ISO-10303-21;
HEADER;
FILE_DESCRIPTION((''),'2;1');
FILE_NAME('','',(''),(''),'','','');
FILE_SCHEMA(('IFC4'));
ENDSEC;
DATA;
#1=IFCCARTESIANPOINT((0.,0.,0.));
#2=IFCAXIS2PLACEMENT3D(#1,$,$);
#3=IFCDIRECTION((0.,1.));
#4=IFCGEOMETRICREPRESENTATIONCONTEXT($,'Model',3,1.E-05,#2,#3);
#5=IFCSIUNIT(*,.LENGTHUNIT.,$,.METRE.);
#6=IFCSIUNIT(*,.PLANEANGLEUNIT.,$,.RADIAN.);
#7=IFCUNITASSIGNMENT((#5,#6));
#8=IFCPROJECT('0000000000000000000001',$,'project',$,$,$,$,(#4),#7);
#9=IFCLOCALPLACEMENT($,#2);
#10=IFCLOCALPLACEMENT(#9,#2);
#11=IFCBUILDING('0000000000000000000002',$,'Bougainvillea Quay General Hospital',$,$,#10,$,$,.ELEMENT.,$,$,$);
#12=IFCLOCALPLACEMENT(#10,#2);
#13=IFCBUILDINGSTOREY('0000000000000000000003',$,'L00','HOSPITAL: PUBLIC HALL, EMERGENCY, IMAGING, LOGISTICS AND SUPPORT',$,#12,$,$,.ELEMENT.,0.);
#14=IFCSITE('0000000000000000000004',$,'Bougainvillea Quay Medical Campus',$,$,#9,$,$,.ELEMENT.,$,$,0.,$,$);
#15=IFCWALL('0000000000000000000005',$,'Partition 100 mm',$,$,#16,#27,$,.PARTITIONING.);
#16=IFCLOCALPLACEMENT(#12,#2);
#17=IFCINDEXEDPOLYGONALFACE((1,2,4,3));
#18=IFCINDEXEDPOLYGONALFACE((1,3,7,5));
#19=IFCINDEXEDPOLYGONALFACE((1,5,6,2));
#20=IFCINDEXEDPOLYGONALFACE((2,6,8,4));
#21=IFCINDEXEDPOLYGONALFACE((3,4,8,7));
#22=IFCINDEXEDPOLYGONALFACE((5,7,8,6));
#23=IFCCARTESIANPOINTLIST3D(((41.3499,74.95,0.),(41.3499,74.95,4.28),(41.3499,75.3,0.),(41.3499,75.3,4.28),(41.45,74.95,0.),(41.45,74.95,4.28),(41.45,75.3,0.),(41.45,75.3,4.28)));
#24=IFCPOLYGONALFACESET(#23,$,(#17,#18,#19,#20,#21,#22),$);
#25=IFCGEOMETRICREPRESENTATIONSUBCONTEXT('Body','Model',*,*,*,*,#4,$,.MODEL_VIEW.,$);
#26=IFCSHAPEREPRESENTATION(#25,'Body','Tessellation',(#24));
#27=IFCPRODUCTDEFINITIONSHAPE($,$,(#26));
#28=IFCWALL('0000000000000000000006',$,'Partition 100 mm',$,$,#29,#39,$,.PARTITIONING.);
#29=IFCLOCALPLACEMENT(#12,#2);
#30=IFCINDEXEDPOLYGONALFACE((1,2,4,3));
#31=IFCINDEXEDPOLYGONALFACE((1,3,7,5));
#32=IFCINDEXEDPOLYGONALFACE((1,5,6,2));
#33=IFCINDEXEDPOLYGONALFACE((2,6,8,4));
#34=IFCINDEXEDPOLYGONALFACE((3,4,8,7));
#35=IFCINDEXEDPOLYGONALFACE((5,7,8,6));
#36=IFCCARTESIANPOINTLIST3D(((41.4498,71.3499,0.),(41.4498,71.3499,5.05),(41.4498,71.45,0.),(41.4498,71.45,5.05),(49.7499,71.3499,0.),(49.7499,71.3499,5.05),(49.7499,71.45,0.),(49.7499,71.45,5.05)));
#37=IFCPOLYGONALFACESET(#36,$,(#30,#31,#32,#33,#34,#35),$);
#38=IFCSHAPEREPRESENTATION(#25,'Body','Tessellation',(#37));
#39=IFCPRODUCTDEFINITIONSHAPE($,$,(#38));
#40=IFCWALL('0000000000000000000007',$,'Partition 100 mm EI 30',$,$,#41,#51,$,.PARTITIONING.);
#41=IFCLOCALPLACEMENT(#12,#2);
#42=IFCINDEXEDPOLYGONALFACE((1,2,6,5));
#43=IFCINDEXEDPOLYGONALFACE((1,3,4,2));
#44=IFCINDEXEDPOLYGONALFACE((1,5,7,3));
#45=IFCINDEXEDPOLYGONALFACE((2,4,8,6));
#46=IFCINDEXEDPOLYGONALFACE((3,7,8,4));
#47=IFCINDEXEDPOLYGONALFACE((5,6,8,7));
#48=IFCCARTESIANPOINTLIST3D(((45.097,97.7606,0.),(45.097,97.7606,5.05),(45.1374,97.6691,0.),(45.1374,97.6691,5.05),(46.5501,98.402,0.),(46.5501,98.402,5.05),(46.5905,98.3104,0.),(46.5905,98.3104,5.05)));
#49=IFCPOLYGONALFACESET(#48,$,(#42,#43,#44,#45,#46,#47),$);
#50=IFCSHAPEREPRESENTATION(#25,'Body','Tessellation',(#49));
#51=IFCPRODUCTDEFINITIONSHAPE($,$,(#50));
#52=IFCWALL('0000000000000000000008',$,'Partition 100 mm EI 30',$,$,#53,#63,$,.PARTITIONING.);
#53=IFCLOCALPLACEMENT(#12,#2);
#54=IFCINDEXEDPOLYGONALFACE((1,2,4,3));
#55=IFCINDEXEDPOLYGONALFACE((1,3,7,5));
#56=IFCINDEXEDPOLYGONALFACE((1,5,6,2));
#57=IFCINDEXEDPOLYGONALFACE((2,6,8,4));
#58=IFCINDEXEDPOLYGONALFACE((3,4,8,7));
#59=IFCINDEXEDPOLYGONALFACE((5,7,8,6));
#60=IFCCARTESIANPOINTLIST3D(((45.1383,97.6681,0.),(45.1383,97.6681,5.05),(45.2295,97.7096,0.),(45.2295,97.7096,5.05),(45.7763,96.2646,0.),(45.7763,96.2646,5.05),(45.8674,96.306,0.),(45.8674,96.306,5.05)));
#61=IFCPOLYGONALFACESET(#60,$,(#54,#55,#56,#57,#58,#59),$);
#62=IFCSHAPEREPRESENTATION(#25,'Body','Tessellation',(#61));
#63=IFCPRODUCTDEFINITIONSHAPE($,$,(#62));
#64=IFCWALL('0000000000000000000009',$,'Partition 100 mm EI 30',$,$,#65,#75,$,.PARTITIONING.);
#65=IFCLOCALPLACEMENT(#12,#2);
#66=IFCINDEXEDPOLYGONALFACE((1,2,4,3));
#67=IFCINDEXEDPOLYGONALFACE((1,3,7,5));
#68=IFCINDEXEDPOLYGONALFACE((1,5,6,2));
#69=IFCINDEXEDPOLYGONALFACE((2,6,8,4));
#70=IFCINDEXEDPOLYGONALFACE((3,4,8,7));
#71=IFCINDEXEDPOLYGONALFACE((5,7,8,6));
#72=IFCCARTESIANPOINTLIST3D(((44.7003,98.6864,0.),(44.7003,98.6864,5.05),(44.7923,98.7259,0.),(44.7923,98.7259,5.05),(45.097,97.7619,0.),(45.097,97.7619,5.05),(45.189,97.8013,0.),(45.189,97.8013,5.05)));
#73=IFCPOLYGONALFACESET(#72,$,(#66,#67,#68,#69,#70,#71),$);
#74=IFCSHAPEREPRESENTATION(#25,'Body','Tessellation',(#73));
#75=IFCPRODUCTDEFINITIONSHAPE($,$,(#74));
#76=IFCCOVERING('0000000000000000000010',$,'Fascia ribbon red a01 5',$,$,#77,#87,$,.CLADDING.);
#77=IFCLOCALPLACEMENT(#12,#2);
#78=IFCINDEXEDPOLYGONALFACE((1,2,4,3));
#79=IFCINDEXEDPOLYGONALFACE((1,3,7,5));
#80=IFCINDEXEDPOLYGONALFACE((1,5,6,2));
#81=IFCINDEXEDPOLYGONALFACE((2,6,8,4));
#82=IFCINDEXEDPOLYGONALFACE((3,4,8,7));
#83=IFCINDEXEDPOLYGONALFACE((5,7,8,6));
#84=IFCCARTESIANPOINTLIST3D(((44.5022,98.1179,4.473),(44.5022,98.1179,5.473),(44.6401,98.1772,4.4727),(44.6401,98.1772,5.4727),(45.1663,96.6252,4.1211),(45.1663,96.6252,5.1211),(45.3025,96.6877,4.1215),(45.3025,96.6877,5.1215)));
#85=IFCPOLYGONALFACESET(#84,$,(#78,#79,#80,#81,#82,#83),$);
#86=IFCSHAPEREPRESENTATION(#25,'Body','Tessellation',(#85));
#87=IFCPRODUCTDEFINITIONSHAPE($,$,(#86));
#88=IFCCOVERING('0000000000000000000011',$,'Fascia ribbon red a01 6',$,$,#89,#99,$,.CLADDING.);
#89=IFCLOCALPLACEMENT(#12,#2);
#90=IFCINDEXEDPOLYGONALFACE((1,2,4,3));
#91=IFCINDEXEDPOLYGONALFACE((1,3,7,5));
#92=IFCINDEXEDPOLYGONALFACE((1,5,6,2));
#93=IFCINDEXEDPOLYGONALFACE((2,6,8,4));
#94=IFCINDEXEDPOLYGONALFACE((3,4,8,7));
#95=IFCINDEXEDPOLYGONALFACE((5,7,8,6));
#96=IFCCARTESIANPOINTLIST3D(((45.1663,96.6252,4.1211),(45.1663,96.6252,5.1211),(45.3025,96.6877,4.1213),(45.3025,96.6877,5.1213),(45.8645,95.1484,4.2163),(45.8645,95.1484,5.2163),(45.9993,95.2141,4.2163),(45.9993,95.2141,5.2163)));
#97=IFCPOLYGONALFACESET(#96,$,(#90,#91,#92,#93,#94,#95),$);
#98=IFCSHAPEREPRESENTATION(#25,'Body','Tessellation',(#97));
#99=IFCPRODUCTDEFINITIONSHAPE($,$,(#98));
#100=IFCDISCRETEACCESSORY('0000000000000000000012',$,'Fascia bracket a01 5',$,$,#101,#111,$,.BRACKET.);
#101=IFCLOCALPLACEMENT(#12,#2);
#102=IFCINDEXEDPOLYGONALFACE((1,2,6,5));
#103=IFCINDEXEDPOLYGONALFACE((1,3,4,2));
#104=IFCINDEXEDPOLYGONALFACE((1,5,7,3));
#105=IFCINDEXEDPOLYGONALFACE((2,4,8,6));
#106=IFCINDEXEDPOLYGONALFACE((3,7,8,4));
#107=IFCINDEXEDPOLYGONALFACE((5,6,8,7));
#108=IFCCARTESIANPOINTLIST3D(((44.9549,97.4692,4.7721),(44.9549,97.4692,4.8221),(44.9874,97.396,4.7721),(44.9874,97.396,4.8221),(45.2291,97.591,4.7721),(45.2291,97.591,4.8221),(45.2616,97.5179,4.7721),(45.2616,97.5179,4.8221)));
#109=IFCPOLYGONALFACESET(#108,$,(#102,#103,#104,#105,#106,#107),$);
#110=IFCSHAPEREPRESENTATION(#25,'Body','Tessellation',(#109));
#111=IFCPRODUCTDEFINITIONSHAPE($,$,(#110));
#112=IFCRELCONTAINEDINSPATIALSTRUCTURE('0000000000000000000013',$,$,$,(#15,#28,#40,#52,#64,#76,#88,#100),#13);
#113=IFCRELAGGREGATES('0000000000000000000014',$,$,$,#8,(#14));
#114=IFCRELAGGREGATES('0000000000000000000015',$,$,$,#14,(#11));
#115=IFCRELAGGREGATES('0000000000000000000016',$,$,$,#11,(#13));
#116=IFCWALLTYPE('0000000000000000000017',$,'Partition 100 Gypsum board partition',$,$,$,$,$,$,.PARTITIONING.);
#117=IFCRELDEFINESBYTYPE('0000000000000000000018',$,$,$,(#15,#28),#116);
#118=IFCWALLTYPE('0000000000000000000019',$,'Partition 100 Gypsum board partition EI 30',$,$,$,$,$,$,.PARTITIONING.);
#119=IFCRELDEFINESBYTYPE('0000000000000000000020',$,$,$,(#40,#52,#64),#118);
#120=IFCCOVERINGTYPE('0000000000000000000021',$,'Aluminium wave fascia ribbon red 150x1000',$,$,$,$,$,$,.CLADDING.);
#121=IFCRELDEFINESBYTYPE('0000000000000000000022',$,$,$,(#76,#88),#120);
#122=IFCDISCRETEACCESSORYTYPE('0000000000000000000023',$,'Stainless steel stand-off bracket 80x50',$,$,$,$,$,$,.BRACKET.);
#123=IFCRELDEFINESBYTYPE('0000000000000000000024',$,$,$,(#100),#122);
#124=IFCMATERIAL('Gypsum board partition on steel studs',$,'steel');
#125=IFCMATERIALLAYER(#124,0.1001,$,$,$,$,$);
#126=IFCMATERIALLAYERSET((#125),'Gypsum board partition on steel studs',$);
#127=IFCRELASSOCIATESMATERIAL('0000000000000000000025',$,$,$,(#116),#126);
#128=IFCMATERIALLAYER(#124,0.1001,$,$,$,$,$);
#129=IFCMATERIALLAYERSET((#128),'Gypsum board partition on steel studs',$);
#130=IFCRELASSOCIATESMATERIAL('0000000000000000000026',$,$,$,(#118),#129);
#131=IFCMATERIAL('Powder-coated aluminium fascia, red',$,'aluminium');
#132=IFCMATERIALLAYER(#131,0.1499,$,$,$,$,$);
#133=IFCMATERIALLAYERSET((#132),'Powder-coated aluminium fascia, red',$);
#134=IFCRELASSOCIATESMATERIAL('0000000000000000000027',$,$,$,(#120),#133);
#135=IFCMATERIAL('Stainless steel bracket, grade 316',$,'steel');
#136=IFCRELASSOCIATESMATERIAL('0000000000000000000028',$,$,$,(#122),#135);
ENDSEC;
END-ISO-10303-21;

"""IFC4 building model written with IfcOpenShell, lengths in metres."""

from ifc_helpers import new_model, si_unit, direction, frame, frame_2d, origin, origin_2d, place, context, subcontext, project, spatial, polyline, rectangle, outline, extrude, material, layer, layer_set, material_profile, profile_set, type_object, element, save


model = new_model("IFC4")

# Units and contexts
model_context = context("Model", 3, precision=1e-05, world=origin(), true_north=direction((0.0, 1.0)))
body_context = subcontext(model_context, "Body", "Model", "MODEL_VIEW")
ifc_project = project(units=[si_unit("LENGTHUNIT", "METRE"), si_unit("PLANEANGLEUNIT", "RADIAN")], contexts=[model_context])

# Site, building, storey
site_placement = place(None, origin())
site = spatial("IfcSite", under=ifc_project, at=site_placement, Name="Bougainvillea Quay Medical Campus", CompositionType="ELEMENT", RefElevation=0.0)
building_placement = place(site_placement, origin())
building = spatial("IfcBuilding", under=site, at=building_placement, Name="Bougainvillea Quay General Hospital", CompositionType="ELEMENT")
storey_placement = place(building_placement, origin())
storey = spatial("IfcBuildingStorey", under=building, at=storey_placement, Name="L00", Description="HOSPITAL: PUBLIC HALL, EMERGENCY, IMAGING, LOGISTICS AND SUPPORT", CompositionType="ELEMENT", Elevation=0.0)

# Shared definitions
ifc_material_1 = material(Name="Gypsum board partition on steel studs", Category="steel")
ifc_layer_1 = layer(ifc_material_1, 0.1001)
ifc_layer_set_1 = layer_set([ifc_layer_1], Name="Gypsum board partition on steel studs")
wall_type_1 = type_object("IfcWallType", Name="Partition 100 Gypsum board partition", PredefinedType="PARTITIONING", material=ifc_layer_set_1)

# Walls
wall_1_placement = place(storey_placement, frame((41.3999, 74.95, 0.0), z_axis=(0.0, 0.0, 1.0), x_axis=(0.0, 1.0, 0.0)))
element("IfcWall", 1, at=wall_1_placement, inside=storey, type_object=wall_type_1, Name="Partition 100 mm", PredefinedType="PARTITIONING", context=body_context, shape_type="SweptSolid", body=[
    extrude(rectangle(XDim=0.3501, YDim=0.1001, at=frame_2d((0.175, 0.0))), origin(), (0.0, 0.0, 1.0), 4.28),
])
wall_2_placement = place(storey_placement, frame((41.45, 71.3999, 0.0), z_axis=(0.0, 0.0, 1.0), x_axis=(1.0, 0.0, 0.0)))
element("IfcWall", 2, at=wall_2_placement, inside=storey, type_object=wall_type_1, Name="Partition 100 mm", PredefinedType="PARTITIONING", context=body_context, shape_type="SweptSolid", body=[
    extrude(rectangle(XDim=8.3, YDim=0.1001, at=frame_2d((4.1499, 0.0))), origin(), (0.0, 0.0, 1.0), 5.05),
])
ifc_layer_2 = layer(ifc_material_1, 0.1001)
ifc_layer_set_2 = layer_set([ifc_layer_2], Name="Gypsum board partition on steel studs")
wall_type_2 = type_object("IfcWallType", Name="Partition 100 Gypsum board partition EI 30", PredefinedType="PARTITIONING", material=ifc_layer_set_2)
wall_3_placement = place(storey_placement, frame((45.1172, 97.7148, 0.0), z_axis=(0.0, 0.0, 1.0), x_axis=(0.914854, 0.403784, 0.0)))
element("IfcWall", 3, at=wall_3_placement, inside=storey, type_object=wall_type_2, Name="Partition 100 mm EI 30", PredefinedType="PARTITIONING", context=body_context, shape_type="SweptSolid", body=[
    extrude(rectangle(XDim=1.5884, YDim=0.1001, at=frame_2d((0.7942, 0.0))), origin(), (0.0, 0.0, 1.0), 5.05),
])
wall_4_placement = place(storey_placement, frame((45.1838, 97.689, 0.0), z_axis=(0.0, 0.0, 1.0), x_axis=(0.413779, -0.910377, 0.0)))
element("IfcWall", 4, at=wall_4_placement, inside=storey, type_object=wall_type_2, Name="Partition 100 mm EI 30", PredefinedType="PARTITIONING", context=body_context, shape_type="SweptSolid", body=[
    extrude(rectangle(XDim=1.5417, YDim=0.1001, at=frame_2d((0.771, 0.0))), origin(), (0.0, 0.0, 1.0), 5.05),
])
wall_5_placement = place(storey_placement, frame((44.7463, 98.7061, 0.0), z_axis=(0.0, 0.0, 1.0), x_axis=(0.394329, -0.918969, 0.0)))
element("IfcWall", 5, at=wall_5_placement, inside=storey, type_object=wall_type_2, Name="Partition 100 mm EI 30", PredefinedType="PARTITIONING", context=body_context, shape_type="SweptSolid", body=[
    extrude(rectangle(XDim=1.0061, YDim=0.1001, at=frame_2d((0.5029, 0.0))), origin(), (0.0, 0.0, 1.0), 5.05),
])

# Coverings
ifc_material_2 = material(Name="Powder-coated aluminium fascia, red", Category="aluminium")
ifc_layer_3 = layer(ifc_material_2, 0.1499)
ifc_layer_set_3 = layer_set([ifc_layer_3], Name="Powder-coated aluminium fascia, red")
covering_type = type_object("IfcCoveringType", Name="Aluminium wave fascia ribbon red 150x1000", PredefinedType="CLADDING", material=ifc_layer_set_3)
covering_1_placement = place(storey_placement, frame((44.6401, 98.1772, 4.4727), z_axis=(0.085515, -0.192452, 0.977573), x_axis=(0.397207, -0.893239, -0.210596)))
element("IfcCovering", 6, at=covering_1_placement, inside=storey, type_object=covering_type, Name="Fascia ribbon red a01 5", PredefinedType="CLADDING", context=body_context, shape_type="SweptSolid", body=[
    extrude(outline(polyline([(0.0, 0.0), (1.6676, 0.0), (1.6693, -0.1499), (-0.0018, -0.1501), (0.0, 0.0)])), origin(), (-0.210596, 0.000058, 0.977573), 1.0),
])
covering_2_placement = place(storey_placement, frame((45.3025, 96.6877, 4.1213), z_axis=(-0.025609, 0.052243, 0.998306), x_axis=(0.426731, -0.902505, 0.058176)))
element("IfcCovering", 7, at=covering_2_placement, inside=storey, type_object=covering_type, Name="Fascia ribbon red a01 6", PredefinedType="CLADDING", context=body_context, shape_type="SweptSolid", body=[
    extrude(outline(polyline([(0.0, 0.0), (1.6328, 0.0), (1.6346, -0.1499), (-0.0017, -0.1499), (0.0, 0.0)])), origin(), (0.058176, 0.000818, 0.998306), 1.0),
])

# Discrete accessory
ifc_material_3 = material(Name="Stainless steel bracket, grade 316", Category="steel")
ifc_material_profile_1 = material_profile(ifc_material_3, rectangle(XDim=0.0801, YDim=0.05, at=origin_2d()))
ifc_profile_set_1 = profile_set([ifc_material_profile_1], Name="Stainless steel bracket, grade 316")
discrete_accessory_type = type_object("IfcDiscreteAccessoryType", Name="Stainless steel stand-off bracket 80x50", PredefinedType="BRACKET", material=ifc_profile_set_1)
discrete_accessory_placement = place(storey_placement, frame((45.2454, 97.5544, 4.7971), z_axis=(-0.913845, -0.406063, 0.0), x_axis=(0.406063, -0.913845, 0.0)))
element("IfcDiscreteAccessory", 8, at=discrete_accessory_placement, inside=storey, type_object=discrete_accessory_type, Name="Fascia bracket a01 5", PredefinedType="BRACKET", context=body_context, shape_type="SweptSolid", body=[
    extrude(rectangle(XDim=0.0801, YDim=0.05, at=origin_2d()), origin(), (0.0, 0.0, 1.0), 0.3),
])

save(model, "model.ifc")
